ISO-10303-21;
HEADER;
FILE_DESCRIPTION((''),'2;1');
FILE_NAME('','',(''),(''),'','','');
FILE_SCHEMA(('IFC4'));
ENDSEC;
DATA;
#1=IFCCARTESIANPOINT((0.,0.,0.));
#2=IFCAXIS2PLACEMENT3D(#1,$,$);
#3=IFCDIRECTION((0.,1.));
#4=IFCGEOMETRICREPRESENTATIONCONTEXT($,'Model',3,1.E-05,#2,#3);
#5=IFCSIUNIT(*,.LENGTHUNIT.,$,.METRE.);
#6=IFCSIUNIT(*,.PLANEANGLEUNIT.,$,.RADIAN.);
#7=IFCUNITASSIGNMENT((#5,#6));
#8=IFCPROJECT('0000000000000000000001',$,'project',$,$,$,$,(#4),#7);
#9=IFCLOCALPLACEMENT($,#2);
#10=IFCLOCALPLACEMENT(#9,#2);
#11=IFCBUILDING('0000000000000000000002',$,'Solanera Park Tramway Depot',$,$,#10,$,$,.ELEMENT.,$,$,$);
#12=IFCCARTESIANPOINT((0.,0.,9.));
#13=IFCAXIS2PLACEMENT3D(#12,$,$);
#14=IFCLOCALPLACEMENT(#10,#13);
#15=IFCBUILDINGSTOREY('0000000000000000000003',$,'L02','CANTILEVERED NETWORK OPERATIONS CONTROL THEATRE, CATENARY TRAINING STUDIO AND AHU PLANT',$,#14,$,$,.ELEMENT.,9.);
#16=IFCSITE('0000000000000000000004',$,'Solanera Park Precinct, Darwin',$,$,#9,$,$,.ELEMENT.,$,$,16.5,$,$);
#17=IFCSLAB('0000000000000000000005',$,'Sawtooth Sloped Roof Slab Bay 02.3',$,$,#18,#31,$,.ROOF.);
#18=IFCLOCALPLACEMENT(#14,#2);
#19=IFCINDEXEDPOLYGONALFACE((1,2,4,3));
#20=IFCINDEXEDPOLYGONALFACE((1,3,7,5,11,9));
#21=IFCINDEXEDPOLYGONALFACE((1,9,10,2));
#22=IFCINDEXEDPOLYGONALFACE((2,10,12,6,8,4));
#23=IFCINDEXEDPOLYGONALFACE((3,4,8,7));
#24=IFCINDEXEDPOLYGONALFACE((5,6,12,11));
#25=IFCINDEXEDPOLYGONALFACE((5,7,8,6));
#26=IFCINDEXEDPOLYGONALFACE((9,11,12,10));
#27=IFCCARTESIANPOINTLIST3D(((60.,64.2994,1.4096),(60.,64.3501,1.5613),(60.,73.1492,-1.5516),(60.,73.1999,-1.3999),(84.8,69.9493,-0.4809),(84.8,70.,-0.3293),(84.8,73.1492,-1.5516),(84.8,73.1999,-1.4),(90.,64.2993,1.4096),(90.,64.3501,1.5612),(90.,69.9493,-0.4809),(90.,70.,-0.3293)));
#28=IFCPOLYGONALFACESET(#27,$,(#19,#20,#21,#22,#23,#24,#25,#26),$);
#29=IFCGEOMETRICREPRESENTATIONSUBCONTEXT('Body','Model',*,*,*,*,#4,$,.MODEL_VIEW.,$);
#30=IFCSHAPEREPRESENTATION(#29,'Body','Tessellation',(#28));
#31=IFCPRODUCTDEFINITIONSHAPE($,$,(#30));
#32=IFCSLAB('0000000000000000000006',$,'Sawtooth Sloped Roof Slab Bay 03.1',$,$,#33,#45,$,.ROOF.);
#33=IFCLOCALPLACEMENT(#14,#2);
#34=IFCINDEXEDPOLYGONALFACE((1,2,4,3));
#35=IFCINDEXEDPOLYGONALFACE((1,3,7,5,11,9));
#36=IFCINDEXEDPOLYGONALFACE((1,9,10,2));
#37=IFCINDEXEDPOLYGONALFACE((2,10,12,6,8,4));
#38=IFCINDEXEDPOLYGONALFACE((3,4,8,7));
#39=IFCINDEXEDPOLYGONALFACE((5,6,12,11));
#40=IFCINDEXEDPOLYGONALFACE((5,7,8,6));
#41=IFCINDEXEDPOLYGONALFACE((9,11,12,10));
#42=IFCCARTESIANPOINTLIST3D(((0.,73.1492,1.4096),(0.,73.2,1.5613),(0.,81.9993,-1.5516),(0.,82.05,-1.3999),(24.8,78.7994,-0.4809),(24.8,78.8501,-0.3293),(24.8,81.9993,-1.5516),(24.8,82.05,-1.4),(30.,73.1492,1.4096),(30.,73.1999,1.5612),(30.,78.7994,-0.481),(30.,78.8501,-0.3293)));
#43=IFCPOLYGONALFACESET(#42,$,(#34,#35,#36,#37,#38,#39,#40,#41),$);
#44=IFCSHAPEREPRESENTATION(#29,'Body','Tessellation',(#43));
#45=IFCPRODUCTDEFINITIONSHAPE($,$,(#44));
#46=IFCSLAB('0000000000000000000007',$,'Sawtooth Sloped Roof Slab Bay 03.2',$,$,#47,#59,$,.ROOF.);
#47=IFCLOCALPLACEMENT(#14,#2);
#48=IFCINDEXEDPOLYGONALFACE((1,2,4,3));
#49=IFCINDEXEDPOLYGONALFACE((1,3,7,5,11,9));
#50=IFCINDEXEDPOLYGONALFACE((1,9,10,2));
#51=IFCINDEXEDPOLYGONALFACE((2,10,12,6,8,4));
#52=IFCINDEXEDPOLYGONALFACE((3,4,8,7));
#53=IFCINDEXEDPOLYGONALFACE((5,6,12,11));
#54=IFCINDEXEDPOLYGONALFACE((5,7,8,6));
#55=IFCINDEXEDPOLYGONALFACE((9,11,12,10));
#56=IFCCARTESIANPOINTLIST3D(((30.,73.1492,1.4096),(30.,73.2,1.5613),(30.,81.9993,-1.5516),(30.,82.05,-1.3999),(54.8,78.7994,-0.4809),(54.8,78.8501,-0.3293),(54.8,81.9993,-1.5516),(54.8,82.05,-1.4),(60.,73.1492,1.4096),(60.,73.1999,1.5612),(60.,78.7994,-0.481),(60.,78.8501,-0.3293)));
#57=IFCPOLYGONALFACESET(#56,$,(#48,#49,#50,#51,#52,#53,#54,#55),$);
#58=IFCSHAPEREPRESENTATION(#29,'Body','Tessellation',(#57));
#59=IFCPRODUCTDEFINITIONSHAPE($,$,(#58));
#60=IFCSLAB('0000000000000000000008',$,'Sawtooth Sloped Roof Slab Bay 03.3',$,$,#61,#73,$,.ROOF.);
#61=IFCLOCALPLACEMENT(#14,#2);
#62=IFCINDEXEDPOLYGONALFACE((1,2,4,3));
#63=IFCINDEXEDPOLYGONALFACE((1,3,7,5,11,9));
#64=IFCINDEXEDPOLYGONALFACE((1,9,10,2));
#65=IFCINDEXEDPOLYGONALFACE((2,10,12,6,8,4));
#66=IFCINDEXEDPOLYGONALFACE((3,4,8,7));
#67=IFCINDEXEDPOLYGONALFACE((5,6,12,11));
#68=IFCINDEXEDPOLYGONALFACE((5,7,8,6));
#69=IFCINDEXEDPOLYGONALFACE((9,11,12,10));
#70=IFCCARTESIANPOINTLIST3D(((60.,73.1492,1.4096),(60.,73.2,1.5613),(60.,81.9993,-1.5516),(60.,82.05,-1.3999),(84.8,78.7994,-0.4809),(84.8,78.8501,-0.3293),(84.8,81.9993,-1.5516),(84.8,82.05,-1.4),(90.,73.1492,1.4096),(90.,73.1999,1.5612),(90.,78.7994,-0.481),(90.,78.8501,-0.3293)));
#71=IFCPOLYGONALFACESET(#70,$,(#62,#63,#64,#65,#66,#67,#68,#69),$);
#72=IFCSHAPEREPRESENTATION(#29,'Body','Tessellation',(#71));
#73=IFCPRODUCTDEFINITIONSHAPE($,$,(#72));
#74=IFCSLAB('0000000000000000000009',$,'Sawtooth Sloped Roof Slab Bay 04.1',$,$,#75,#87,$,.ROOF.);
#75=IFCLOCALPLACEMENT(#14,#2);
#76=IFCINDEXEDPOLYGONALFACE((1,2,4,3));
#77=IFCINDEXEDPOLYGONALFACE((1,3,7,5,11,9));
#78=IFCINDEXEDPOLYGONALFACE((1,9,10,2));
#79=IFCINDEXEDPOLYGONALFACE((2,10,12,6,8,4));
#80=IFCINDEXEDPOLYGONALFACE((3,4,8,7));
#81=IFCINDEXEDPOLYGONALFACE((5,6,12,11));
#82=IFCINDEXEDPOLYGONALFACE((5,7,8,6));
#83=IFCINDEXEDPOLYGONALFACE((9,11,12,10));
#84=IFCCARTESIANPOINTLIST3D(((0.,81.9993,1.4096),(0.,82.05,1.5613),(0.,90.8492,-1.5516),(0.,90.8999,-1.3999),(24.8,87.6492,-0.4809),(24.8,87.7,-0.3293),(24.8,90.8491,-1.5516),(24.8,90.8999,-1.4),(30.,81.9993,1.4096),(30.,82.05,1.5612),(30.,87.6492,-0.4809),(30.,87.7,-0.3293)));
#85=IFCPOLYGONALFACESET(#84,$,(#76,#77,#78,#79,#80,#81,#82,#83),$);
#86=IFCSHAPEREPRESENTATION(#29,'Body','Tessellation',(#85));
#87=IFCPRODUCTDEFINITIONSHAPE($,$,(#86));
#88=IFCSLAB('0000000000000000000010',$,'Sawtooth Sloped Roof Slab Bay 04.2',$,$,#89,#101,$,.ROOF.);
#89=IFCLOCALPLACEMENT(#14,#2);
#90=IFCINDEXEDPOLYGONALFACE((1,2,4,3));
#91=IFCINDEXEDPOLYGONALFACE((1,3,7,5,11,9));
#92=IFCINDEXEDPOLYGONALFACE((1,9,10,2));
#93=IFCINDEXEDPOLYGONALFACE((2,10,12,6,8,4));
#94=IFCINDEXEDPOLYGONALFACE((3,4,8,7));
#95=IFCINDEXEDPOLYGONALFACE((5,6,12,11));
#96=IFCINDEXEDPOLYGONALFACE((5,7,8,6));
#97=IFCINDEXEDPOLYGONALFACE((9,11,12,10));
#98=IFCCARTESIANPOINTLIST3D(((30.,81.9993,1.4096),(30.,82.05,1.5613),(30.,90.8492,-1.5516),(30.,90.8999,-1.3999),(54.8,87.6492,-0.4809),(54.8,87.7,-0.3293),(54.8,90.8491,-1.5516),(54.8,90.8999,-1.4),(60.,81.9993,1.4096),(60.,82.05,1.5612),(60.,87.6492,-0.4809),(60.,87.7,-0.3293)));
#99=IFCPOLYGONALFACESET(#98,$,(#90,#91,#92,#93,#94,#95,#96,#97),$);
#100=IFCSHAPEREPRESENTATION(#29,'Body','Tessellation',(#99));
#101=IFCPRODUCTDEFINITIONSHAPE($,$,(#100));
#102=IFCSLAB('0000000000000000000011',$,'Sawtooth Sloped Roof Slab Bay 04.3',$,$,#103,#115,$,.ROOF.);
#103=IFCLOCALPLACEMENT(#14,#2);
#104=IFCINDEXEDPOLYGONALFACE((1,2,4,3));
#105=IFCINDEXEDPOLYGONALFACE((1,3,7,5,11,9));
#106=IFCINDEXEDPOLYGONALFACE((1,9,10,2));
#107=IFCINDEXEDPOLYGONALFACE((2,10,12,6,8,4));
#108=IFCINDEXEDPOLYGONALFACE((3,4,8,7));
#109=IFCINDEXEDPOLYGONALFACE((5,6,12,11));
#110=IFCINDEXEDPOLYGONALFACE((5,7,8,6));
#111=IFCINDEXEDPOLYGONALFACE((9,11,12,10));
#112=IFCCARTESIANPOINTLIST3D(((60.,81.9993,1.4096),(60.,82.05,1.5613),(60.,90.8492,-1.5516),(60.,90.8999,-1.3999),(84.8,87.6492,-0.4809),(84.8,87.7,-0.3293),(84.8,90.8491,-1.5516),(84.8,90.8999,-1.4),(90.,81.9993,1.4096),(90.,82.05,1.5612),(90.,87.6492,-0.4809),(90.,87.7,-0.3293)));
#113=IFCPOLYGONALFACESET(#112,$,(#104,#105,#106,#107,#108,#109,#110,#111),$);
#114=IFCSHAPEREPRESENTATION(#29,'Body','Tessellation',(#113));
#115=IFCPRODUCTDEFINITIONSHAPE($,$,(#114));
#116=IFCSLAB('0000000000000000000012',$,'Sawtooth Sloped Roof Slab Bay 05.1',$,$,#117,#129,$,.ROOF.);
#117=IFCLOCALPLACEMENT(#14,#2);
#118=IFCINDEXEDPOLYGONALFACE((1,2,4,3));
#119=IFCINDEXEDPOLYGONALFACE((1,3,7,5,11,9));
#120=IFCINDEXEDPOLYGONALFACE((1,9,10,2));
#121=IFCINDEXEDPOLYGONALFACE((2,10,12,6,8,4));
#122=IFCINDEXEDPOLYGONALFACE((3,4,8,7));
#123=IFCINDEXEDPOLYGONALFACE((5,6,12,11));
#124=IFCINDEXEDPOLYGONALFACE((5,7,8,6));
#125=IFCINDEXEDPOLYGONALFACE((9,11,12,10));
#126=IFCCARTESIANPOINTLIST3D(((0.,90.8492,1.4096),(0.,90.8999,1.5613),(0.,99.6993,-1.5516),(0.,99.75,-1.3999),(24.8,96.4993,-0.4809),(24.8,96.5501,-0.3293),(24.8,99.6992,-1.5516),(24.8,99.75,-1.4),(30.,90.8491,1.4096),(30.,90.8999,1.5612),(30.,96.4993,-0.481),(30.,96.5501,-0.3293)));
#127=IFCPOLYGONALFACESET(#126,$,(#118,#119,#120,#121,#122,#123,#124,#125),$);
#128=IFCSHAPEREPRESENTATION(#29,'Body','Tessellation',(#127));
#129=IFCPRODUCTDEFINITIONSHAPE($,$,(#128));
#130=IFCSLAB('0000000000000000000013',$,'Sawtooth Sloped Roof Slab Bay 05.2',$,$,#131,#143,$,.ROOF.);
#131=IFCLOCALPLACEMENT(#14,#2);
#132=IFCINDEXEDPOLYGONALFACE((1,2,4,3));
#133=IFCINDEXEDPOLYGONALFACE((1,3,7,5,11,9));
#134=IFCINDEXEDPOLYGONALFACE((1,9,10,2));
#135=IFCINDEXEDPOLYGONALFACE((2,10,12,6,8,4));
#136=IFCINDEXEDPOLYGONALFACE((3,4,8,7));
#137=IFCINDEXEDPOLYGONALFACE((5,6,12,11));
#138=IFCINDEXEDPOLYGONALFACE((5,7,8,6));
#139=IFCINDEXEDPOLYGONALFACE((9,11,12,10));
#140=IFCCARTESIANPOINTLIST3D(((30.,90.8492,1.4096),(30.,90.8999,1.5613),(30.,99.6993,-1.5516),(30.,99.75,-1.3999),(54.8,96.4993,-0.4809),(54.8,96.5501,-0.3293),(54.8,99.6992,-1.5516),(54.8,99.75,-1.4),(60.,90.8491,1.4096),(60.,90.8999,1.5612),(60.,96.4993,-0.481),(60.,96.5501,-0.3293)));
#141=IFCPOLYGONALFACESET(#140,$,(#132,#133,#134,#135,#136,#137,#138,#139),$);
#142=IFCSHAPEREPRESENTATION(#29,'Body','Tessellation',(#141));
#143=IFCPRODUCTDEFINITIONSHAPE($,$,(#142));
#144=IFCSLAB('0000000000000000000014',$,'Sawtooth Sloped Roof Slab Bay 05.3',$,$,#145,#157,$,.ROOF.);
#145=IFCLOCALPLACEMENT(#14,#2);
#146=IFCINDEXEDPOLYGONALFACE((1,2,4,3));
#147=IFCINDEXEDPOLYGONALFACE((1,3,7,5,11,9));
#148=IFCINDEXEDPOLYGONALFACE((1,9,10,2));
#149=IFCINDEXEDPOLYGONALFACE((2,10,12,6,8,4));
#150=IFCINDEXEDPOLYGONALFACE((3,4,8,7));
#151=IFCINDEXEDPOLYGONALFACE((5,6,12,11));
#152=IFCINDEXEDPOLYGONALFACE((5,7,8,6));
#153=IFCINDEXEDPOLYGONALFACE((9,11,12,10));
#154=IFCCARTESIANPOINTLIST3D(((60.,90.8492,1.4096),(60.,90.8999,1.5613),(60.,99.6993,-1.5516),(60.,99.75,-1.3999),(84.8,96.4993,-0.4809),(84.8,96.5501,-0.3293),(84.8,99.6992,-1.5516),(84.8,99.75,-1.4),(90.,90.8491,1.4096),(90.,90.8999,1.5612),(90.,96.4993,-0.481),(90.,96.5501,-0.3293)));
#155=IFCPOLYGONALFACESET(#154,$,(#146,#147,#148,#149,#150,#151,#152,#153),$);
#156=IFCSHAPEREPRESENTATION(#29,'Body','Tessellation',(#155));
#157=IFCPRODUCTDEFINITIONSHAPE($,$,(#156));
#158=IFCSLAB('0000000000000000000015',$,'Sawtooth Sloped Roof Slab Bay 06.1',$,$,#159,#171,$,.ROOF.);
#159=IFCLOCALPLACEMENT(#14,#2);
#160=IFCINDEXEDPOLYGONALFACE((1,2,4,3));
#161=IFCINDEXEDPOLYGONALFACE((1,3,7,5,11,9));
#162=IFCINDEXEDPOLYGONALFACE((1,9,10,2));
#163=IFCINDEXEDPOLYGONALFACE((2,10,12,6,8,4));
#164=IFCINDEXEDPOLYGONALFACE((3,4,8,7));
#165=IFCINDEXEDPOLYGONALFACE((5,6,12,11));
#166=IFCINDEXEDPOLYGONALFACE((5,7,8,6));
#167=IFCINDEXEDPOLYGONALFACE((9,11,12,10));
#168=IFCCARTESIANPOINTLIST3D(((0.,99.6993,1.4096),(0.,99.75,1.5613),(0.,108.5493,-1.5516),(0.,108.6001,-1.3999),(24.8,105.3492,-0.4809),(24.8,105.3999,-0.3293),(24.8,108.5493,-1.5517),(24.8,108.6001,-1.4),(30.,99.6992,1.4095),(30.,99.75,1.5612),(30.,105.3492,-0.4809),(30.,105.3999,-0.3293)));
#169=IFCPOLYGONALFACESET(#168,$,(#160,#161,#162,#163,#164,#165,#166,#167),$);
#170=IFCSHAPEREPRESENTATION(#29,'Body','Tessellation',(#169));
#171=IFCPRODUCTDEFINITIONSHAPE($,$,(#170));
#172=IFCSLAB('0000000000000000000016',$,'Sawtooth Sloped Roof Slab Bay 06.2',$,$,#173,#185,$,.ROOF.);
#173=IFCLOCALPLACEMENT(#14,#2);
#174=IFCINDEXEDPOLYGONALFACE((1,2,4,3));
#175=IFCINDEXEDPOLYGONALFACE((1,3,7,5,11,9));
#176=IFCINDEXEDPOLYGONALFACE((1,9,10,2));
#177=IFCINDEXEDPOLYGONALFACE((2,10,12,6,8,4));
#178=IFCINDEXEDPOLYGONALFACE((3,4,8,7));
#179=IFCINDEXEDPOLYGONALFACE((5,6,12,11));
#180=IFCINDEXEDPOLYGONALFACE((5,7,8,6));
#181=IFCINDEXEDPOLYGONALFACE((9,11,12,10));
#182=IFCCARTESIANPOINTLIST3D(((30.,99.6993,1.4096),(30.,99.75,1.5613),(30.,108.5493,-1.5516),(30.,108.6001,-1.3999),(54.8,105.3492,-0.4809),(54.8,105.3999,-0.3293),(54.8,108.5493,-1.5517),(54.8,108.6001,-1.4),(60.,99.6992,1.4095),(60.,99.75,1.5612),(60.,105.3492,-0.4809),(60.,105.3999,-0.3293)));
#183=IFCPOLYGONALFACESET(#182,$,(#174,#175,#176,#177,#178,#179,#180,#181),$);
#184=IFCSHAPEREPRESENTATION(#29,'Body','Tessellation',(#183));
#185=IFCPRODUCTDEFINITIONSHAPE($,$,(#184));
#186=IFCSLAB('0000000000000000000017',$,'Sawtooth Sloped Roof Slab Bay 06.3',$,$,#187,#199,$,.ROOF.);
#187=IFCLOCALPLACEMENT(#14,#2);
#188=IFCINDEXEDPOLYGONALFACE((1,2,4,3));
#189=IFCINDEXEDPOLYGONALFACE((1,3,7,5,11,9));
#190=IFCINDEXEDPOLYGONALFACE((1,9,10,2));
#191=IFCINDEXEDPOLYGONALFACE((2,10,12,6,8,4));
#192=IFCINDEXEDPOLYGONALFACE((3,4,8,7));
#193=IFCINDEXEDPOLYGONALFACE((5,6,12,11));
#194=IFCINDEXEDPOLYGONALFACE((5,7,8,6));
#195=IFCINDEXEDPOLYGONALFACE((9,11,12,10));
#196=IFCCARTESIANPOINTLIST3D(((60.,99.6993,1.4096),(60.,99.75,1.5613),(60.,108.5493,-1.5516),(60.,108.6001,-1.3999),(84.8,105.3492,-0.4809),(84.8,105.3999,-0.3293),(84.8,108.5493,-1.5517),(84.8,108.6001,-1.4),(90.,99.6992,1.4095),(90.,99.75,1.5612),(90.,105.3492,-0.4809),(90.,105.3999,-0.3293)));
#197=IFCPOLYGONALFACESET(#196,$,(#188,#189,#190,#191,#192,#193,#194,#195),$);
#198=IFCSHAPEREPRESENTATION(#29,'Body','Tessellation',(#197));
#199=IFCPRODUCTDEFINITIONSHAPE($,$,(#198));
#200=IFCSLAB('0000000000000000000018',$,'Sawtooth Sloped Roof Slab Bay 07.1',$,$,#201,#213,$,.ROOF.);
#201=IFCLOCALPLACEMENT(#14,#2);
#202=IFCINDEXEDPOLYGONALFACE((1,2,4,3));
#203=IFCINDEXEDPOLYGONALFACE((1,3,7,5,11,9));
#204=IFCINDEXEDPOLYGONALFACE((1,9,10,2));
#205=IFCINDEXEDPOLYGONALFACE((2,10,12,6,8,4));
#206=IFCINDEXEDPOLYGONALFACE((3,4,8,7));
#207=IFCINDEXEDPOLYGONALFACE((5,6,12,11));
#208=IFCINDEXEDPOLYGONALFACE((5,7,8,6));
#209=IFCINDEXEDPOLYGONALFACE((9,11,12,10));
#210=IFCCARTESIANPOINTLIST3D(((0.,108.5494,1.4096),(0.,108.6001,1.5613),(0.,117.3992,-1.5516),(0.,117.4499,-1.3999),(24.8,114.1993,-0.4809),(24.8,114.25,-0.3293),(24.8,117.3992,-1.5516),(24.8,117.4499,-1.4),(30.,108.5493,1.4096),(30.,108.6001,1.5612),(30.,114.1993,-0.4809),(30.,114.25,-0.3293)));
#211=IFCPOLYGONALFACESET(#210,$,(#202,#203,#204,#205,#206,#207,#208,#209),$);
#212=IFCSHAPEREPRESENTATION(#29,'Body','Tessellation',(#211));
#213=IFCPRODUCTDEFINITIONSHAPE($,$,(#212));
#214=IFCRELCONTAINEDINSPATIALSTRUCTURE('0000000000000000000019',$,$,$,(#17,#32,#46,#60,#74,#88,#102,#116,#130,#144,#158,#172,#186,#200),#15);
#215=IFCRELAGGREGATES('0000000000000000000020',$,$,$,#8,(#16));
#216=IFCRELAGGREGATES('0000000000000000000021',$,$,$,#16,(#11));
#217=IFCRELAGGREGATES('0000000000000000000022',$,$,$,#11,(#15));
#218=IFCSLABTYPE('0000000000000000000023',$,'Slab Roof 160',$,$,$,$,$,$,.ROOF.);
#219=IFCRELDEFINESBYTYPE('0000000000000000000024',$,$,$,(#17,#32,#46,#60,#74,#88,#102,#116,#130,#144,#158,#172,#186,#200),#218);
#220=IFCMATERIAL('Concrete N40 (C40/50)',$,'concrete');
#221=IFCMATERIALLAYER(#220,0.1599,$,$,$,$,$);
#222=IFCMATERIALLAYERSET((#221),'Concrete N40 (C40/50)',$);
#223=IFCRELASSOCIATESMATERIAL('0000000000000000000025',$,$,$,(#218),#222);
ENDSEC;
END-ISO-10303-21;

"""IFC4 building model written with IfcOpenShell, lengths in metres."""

from ifc_helpers import new_model, si_unit, direction, frame, origin, place, context, subcontext, project, spatial, polyline, outline, extrude, material, layer, layer_set, type_object, element, save


model = new_model("IFC4")

# Units and contexts
model_context = context("Model", 3, precision=1e-05, world=origin(), true_north=direction((0.0, 1.0)))
body_context = subcontext(model_context, "Body", "Model", "MODEL_VIEW")
ifc_project = project(units=[si_unit("LENGTHUNIT", "METRE"), si_unit("PLANEANGLEUNIT", "RADIAN")], contexts=[model_context])

# Site, building, storey
site_placement = place(None, origin())
site = spatial("IfcSite", under=ifc_project, at=site_placement, Name="Solanera Park Precinct, Darwin", CompositionType="ELEMENT", RefElevation=16.5)
building_placement = place(site_placement, origin())
building = spatial("IfcBuilding", under=site, at=building_placement, Name="Solanera Park Tramway Depot", CompositionType="ELEMENT")
storey_placement = place(building_placement, frame((0.0, 0.0, 9.0)))
storey = spatial("IfcBuildingStorey", under=building, at=storey_placement, Name="L02", Description="CANTILEVERED NETWORK OPERATIONS CONTROL THEATRE, CATENARY TRAINING STUDIO AND AHU PLANT", CompositionType="ELEMENT", Elevation=9.0)

# Slabs
ifc_material_1 = material(Name="Concrete N40 (C40/50)", Category="concrete")
ifc_layer = layer(ifc_material_1, 0.1599)
ifc_layer_set = layer_set([ifc_layer], Name="Concrete N40 (C40/50)")
slab_type = type_object("IfcSlabType", Name="Slab Roof 160", PredefinedType="ROOF", material=ifc_layer_set)
slab_1_placement = place(storey_placement, frame((60.0, 64.3501, 1.5613), z_axis=(0.000003, 0.317313, 0.948321), x_axis=(1.0, -0.000001, -0.000002)))
element("IfcSlab", 1, at=slab_1_placement, inside=storey, type_object=slab_type, Name="Sawtooth Sloped Roof Slab Bay 02.3", PredefinedType="ROOF", context=body_context, shape_type="SweptSolid", body=[
    extrude(outline(polyline([(0.0, 0.0), (30.0, 0.0), (30.0, 5.9578), (24.8, 5.9578), (24.8, 9.3321), (0.0, 9.3321), (0.0, 0.0)])), origin(), (0.0, 0.0, -1.0), 0.1599),
])
for number, where, z_axis, x_axis, name in (
    (2, (0.0, 73.2, 1.5613), (0.000002, 0.317305, 0.948324), (1.0, -0.000001, -0.000002), "Sawtooth Sloped Roof Slab Bay 03.1"),
    (3, (30.0, 73.2, 1.5613), (0.000002, 0.317305, 0.948324), (1.0, -0.000001, -0.000002), "Sawtooth Sloped Roof Slab Bay 03.2"),
    (4, (60.0, 73.2, 1.5613), (0.000002, 0.317305, 0.948324), (1.0, -0.000001, -0.000002), "Sawtooth Sloped Roof Slab Bay 03.3"),
):
    element("IfcSlab", number, at=place(storey_placement, frame(where, z_axis=z_axis, x_axis=x_axis)), inside=storey, type_object=slab_type, Name=name, PredefinedType="ROOF", context=body_context, shape_type="SweptSolid", body=[
        extrude(outline(polyline([(0.0, 0.0), (30.0, 0.0), (30.0, 5.9581), (24.8, 5.9581), (24.8, 9.3324), (0.0, 9.3324), (0.0, 0.0)])), origin(), (0.0, 0.0, -1.0), 0.1599),
    ])
for number, where, z_axis, x_axis, name in (
    (5, (0.0, 82.05, 1.5613), (0.000003, 0.317313, 0.948321), (1.0, -0.000001, -0.000002), "Sawtooth Sloped Roof Slab Bay 04.1"),
    (6, (30.0, 82.05, 1.5613), (0.000003, 0.317313, 0.948321), (1.0, -0.000001, -0.000002), "Sawtooth Sloped Roof Slab Bay 04.2"),
    (7, (60.0, 82.05, 1.5613), (0.000003, 0.317313, 0.948321), (1.0, -0.000001, -0.000002), "Sawtooth Sloped Roof Slab Bay 04.3"),
):
    element("IfcSlab", number, at=place(storey_placement, frame(where, z_axis=z_axis, x_axis=x_axis)), inside=storey, type_object=slab_type, Name=name, PredefinedType="ROOF", context=body_context, shape_type="SweptSolid", body=[
        extrude(outline(polyline([(0.0, 0.0), (30.0, 0.0), (30.0, 5.9578), (24.8, 5.9578), (24.8, 9.3321), (0.0, 9.3321), (0.0, 0.0)])), origin(), (0.0, 0.0, -1.0), 0.1599),
    ])
for number, where, z_axis, x_axis, name in (
    (8, (0.0, 90.8999, 1.5613), (0.000002, 0.317305, 0.948324), (1.0, -0.000001, -0.000002), "Sawtooth Sloped Roof Slab Bay 05.1"),
    (9, (30.0, 90.8999, 1.5613), (0.000002, 0.317305, 0.948324), (1.0, -0.000001, -0.000002), "Sawtooth Sloped Roof Slab Bay 05.2"),
    (10, (60.0, 90.8999, 1.5613), (0.000002, 0.317305, 0.948324), (1.0, -0.000001, -0.000002), "Sawtooth Sloped Roof Slab Bay 05.3"),
):
    element("IfcSlab", number, at=place(storey_placement, frame(where, z_axis=z_axis, x_axis=x_axis)), inside=storey, type_object=slab_type, Name=name, PredefinedType="ROOF", context=body_context, shape_type="SweptSolid", body=[
        extrude(outline(polyline([(0.0, 0.0), (30.0, 0.0), (30.0, 5.9581), (24.8, 5.9581), (24.8, 9.3324), (0.0, 9.3324), (0.0, 0.0)])), origin(), (0.0, 0.0, -1.0), 0.1599),
    ])
for number, where, z_axis, x_axis, name in (
    (11, (0.0, 99.75, 1.5613), (0.000003, 0.317306, 0.948323), (1.0, -0.000001, -0.000003), "Sawtooth Sloped Roof Slab Bay 06.1"),
    (12, (30.0, 99.75, 1.5613), (0.000003, 0.317306, 0.948323), (1.0, -0.000001, -0.000003), "Sawtooth Sloped Roof Slab Bay 06.2"),
    (13, (60.0, 99.75, 1.5613), (0.000003, 0.317306, 0.948323), (1.0, -0.000001, -0.000003), "Sawtooth Sloped Roof Slab Bay 06.3"),
):
    element("IfcSlab", number, at=place(storey_placement, frame(where, z_axis=z_axis, x_axis=x_axis)), inside=storey, type_object=slab_type, Name=name, PredefinedType="ROOF", context=body_context, shape_type="SweptSolid", body=[
        extrude(outline(polyline([(0.0, 0.0), (30.0, 0.0), (30.0, 5.9578), (24.8, 5.9578), (24.8, 9.3324), (0.0, 9.3324), (0.0, 0.0)])), origin(), (0.0, 0.0, -1.0), 0.1599),
    ])
for number, where, z_axis, x_axis, name in (
    (14, (0.0, 108.6001, 1.5613), (0.000003, 0.317313, 0.948321), (1.0, -0.000001, -0.000002), "Sawtooth Sloped Roof Slab Bay 07.1"),
):
    element("IfcSlab", number, at=place(storey_placement, frame(where, z_axis=z_axis, x_axis=x_axis)), inside=storey, type_object=slab_type, Name=name, PredefinedType="ROOF", context=body_context, shape_type="SweptSolid", body=[
        extrude(outline(polyline([(0.0, 0.0), (30.0, 0.0), (30.0, 5.9578), (24.8, 5.9578), (24.8, 9.3321), (0.0, 9.3321), (0.0, 0.0)])), origin(), (0.0, 0.0, -1.0), 0.1599),
    ])

save(model, "model.ifc")
